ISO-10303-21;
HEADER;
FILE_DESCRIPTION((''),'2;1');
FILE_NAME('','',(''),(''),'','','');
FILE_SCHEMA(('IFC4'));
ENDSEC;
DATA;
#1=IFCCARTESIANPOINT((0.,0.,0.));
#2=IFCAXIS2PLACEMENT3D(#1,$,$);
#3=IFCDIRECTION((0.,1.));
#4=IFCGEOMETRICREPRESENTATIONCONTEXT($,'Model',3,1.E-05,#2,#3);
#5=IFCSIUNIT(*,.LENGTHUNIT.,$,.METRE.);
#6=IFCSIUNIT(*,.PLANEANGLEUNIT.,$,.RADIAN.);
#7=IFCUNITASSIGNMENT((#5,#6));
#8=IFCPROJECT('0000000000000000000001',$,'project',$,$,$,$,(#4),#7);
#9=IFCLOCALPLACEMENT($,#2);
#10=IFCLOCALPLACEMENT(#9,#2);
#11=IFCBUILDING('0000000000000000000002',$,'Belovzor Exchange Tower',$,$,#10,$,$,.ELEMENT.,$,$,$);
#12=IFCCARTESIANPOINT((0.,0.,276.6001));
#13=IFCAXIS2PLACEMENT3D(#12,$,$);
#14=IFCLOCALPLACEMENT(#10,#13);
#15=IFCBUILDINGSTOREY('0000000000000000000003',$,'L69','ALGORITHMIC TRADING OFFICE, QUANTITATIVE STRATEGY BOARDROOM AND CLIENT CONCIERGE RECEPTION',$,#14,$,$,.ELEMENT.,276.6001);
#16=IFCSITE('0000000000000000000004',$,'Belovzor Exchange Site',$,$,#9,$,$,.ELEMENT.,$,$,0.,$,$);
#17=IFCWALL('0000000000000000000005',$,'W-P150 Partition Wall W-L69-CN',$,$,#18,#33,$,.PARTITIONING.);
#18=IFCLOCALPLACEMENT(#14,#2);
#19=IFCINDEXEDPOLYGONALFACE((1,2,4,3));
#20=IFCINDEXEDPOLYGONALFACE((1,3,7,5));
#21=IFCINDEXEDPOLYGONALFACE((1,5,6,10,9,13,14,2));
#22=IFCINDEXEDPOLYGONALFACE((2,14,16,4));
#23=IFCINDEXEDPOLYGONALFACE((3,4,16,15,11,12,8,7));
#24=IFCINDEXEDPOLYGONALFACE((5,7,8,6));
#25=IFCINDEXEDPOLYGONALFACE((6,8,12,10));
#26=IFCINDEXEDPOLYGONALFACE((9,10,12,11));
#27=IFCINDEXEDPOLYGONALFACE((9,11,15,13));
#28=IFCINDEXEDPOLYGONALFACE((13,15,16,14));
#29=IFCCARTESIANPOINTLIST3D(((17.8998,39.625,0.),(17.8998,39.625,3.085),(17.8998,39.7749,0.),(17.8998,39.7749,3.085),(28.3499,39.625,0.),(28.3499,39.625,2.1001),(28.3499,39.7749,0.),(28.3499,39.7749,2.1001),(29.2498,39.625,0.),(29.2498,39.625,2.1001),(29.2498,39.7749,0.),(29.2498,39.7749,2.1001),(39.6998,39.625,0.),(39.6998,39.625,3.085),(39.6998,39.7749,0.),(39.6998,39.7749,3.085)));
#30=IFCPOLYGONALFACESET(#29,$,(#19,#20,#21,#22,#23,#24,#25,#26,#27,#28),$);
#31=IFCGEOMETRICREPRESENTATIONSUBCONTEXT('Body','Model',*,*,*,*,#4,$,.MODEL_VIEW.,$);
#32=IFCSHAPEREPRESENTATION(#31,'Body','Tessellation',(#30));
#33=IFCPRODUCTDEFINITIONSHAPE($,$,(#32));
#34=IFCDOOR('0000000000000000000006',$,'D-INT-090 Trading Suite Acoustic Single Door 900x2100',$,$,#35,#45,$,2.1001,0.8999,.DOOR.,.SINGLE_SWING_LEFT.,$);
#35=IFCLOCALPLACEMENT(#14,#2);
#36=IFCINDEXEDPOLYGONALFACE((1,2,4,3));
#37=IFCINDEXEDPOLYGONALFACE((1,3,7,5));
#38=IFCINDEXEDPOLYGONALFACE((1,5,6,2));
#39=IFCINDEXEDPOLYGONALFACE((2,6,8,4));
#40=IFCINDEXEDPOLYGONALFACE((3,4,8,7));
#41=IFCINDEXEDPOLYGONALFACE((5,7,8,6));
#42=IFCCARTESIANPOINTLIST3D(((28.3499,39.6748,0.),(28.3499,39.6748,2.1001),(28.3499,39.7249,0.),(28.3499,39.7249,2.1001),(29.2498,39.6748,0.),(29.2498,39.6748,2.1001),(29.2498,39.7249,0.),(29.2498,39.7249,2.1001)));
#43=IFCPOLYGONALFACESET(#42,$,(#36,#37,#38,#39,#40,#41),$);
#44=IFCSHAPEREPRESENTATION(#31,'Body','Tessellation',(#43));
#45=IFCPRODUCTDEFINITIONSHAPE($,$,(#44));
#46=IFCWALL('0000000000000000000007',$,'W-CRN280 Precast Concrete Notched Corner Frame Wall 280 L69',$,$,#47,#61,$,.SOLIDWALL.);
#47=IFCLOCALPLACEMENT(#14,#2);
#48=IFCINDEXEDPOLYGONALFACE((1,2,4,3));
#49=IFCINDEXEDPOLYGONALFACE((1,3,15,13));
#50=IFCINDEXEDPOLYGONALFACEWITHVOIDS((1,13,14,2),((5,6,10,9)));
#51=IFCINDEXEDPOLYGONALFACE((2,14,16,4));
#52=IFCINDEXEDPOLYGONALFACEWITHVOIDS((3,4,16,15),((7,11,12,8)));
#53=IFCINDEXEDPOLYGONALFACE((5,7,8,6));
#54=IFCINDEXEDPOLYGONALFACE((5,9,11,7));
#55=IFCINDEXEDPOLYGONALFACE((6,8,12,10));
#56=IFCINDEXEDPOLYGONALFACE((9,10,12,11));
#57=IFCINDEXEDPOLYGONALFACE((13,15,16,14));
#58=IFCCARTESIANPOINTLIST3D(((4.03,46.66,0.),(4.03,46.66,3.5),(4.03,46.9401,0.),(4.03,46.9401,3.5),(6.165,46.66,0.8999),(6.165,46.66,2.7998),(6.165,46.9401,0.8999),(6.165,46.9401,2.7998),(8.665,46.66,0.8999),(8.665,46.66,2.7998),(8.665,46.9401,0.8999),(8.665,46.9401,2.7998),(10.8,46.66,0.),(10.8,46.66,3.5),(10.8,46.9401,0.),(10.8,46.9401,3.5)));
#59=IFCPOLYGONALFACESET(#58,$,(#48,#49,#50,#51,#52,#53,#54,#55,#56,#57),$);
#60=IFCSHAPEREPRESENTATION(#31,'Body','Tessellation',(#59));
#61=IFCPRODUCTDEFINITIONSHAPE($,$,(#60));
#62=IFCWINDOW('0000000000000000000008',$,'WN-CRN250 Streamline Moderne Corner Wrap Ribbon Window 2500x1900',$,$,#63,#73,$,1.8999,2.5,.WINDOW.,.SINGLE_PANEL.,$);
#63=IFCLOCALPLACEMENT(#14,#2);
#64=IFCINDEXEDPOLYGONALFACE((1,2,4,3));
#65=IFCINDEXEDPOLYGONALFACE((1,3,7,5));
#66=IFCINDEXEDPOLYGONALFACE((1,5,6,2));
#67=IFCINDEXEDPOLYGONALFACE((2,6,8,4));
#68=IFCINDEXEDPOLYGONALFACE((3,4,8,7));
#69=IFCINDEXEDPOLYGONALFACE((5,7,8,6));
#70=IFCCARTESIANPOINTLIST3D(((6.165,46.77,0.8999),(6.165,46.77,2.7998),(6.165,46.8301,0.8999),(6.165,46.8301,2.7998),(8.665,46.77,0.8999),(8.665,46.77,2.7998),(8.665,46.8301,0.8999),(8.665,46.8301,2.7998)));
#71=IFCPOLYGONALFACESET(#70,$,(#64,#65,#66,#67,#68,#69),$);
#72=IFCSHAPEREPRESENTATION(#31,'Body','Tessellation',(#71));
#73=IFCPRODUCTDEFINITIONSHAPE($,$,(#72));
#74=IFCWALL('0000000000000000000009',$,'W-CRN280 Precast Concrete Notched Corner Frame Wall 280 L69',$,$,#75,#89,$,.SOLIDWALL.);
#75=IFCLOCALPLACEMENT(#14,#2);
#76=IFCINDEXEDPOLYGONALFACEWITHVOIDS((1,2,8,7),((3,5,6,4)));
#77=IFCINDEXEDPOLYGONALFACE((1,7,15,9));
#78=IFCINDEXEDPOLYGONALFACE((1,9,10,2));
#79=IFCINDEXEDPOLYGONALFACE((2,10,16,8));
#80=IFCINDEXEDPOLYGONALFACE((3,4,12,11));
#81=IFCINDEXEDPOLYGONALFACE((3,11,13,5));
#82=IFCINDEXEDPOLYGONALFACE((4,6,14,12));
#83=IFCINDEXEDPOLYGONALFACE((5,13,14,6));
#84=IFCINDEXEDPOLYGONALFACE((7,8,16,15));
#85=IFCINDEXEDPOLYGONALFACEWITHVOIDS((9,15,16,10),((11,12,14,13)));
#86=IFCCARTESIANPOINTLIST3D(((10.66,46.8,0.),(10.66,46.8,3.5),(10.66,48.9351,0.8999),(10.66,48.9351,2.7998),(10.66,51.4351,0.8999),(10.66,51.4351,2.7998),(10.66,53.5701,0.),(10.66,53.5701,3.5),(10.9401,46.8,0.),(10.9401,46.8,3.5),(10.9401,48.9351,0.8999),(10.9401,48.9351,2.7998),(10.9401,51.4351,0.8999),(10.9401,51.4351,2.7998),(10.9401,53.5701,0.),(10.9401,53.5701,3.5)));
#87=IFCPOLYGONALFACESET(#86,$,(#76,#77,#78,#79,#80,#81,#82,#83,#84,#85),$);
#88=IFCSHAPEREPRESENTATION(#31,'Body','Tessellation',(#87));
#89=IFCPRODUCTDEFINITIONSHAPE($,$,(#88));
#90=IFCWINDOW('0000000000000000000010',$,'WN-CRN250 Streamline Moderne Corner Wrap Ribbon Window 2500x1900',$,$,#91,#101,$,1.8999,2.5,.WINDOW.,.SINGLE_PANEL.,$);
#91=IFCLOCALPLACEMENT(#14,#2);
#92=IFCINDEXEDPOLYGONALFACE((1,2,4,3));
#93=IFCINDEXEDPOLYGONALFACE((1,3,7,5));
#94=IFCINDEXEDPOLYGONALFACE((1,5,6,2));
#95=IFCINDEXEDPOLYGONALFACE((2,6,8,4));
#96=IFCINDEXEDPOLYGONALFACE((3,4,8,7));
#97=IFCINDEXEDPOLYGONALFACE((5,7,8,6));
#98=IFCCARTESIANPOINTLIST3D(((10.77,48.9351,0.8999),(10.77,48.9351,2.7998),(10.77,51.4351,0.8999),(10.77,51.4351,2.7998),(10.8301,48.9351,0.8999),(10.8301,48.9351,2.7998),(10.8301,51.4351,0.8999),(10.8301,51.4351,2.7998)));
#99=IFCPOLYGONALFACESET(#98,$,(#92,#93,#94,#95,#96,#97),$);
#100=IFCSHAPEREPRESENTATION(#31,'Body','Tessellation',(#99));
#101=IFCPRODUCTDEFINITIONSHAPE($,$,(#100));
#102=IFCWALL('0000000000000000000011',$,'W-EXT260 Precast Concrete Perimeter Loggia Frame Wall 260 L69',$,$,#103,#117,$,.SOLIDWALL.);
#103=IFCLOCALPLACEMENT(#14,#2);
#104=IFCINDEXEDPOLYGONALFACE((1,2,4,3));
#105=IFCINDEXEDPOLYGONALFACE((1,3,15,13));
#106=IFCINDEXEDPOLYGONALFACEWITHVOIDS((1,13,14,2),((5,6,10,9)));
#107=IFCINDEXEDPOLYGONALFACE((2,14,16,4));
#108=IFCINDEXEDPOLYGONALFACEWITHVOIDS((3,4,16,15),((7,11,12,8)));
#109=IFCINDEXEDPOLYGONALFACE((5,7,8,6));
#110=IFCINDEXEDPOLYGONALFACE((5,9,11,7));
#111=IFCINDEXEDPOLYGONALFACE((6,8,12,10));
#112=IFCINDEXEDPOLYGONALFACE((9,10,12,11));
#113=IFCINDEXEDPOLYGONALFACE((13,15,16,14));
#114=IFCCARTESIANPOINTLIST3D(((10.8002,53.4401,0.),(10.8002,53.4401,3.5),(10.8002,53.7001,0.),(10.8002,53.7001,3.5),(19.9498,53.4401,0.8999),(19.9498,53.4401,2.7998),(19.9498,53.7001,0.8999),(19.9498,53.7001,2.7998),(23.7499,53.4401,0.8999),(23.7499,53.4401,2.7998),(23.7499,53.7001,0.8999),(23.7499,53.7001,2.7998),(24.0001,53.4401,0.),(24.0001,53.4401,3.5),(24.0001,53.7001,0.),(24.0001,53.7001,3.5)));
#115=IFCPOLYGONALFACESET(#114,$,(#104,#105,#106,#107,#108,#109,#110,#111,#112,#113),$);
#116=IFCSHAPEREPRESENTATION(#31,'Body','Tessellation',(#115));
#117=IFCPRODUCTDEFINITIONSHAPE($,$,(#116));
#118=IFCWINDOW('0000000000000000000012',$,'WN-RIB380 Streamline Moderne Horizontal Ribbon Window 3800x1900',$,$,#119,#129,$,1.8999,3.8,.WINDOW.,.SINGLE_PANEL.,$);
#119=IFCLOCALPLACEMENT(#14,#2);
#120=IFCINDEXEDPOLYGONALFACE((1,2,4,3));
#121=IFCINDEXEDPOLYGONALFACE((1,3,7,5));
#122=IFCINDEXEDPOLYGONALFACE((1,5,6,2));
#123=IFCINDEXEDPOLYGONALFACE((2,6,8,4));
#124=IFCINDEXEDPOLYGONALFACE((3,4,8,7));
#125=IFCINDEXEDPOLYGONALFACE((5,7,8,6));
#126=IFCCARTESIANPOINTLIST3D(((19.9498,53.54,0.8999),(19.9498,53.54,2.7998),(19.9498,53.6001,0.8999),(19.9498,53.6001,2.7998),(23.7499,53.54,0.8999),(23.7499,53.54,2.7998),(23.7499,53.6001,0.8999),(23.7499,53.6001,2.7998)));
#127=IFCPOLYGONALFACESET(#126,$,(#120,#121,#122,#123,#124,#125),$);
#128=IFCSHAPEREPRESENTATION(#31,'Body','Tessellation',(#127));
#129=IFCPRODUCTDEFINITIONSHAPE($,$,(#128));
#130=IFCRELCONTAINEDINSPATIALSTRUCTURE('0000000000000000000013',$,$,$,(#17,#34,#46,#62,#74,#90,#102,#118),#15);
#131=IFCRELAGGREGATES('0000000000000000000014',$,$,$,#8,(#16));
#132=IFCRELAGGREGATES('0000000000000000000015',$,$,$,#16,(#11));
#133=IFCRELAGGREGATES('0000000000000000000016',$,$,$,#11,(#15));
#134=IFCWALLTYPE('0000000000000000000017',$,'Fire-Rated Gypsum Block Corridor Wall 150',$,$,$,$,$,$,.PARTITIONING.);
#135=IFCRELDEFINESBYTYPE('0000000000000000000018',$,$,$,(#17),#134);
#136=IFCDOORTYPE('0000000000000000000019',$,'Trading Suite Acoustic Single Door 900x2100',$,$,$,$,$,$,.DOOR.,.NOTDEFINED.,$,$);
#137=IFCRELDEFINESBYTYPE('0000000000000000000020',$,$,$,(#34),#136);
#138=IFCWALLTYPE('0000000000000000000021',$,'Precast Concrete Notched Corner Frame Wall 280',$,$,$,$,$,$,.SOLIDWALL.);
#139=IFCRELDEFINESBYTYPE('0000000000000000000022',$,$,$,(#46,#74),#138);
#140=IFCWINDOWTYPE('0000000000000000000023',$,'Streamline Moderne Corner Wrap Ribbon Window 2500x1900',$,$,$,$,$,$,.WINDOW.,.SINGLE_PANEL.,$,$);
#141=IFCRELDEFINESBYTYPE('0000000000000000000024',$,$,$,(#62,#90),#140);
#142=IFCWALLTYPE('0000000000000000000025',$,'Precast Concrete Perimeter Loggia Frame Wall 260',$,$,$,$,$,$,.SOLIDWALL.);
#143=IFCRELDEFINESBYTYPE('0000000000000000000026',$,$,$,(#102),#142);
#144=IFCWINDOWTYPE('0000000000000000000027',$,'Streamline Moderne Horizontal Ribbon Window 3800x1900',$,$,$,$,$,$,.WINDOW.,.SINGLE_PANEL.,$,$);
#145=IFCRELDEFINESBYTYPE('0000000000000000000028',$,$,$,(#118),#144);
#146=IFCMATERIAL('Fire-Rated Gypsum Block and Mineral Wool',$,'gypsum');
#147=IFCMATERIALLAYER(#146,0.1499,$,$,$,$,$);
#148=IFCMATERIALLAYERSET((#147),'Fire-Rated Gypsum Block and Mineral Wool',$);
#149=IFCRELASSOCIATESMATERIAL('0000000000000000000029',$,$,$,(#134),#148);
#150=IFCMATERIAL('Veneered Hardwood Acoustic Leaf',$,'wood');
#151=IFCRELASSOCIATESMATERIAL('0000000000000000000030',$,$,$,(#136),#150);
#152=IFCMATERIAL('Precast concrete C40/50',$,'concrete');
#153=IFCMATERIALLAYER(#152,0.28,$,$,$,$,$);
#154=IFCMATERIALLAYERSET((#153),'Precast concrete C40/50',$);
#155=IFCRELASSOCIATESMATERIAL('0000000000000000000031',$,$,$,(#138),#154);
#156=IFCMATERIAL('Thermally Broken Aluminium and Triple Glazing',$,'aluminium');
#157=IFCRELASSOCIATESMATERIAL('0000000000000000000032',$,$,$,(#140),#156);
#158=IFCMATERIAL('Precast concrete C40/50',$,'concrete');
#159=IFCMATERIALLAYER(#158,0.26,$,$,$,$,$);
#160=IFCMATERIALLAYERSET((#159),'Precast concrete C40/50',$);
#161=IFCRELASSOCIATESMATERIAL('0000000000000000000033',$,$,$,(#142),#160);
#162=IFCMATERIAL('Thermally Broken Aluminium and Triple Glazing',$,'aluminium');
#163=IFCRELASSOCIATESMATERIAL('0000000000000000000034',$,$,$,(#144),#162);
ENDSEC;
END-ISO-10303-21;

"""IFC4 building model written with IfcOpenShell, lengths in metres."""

from ifc_helpers import new_model, si_unit, direction, frame, frame_2d, origin, place, context, subcontext, project, spatial, rectangle, extrude, material, layer, layer_set, type_object, element, fill, save


model = new_model("IFC4")

# Units and contexts
model_context = context("Model", 3, precision=1e-05, world=origin(), true_north=direction((0.0, 1.0)))
body_context = subcontext(model_context, "Body", "Model", "MODEL_VIEW")
ifc_project = project(units=[si_unit("LENGTHUNIT", "METRE"), si_unit("PLANEANGLEUNIT", "RADIAN")], contexts=[model_context])

# Site, building, storey
site_placement = place(None, origin())
site = spatial("IfcSite", under=ifc_project, at=site_placement, Name="Belovzor Exchange Site", CompositionType="ELEMENT", RefElevation=0.0)
building_placement = place(site_placement, origin())
building = spatial("IfcBuilding", under=site, at=building_placement, Name="Belovzor Exchange Tower", CompositionType="ELEMENT")
storey_placement = place(building_placement, frame((0.0, 0.0, 276.6001)))
storey = spatial("IfcBuildingStorey", under=building, at=storey_placement, Name="L69", Description="ALGORITHMIC TRADING OFFICE, QUANTITATIVE STRATEGY BOARDROOM AND CLIENT CONCIERGE RECEPTION", CompositionType="ELEMENT", Elevation=276.6001)

# Shared definitions
ifc_material_1 = material(Name="Fire-Rated Gypsum Block and Mineral Wool", Category="gypsum")
ifc_layer_1 = layer(ifc_material_1, 0.1499)
ifc_layer_set_1 = layer_set([ifc_layer_1], Name="Fire-Rated Gypsum Block and Mineral Wool")
wall_type_1 = type_object("IfcWallType", Name="Fire-Rated Gypsum Block Corridor Wall 150", PredefinedType="PARTITIONING", material=ifc_layer_set_1)

# Wall, opening, door
wall_1_placement = place(storey_placement, frame((17.8999, 39.7, 0.0), z_axis=(0.0, 0.0, 1.0), x_axis=(1.0, 0.0, 0.0)))
wall_1 = element("IfcWall", 1, at=wall_1_placement, inside=storey, type_object=wall_type_1, Name="W-P150 Partition Wall W-L69-CN", PredefinedType="PARTITIONING", context=body_context, shape_type="SweptSolid", body=[
    extrude(rectangle(XDim=21.8, YDim=0.1499, at=frame_2d((10.8999, 0.0))), origin(), (0.0, 0.0, 1.0), 3.085),
])
opening_1_placement = place(wall_1_placement, frame((10.45, 0.0, 0.0)))
opening_1 = element("IfcOpeningElement", 2, at=opening_1_placement, cuts=wall_1, PredefinedType="OPENING", context=body_context, shape_type="SweptSolid", body=[
    extrude(rectangle(XDim=0.8999, YDim=2.1001, at=frame_2d((0.45, 1.05))), frame((0.0, 0.085, 0.0), z_axis=(0.0, -1.0, 0.0), x_axis=(1.0, 0.0, 0.0)), (0.0, 0.0, 1.0), 0.1699),
])
ifc_material_2 = material(Name="Veneered Hardwood Acoustic Leaf", Category="wood")
door_type = type_object("IfcDoorType", Name="Trading Suite Acoustic Single Door 900x2100", OperationType="NOTDEFINED", PredefinedType="DOOR", material=ifc_material_2)
door_placement = place(opening_1_placement, origin())
door = element("IfcDoor", 3, at=door_placement, inside=storey, type_object=door_type, Name="D-INT-090 Trading Suite Acoustic Single Door 900x2100", OperationType="SINGLE_SWING_LEFT", OverallHeight=2.1001, OverallWidth=0.8999, PredefinedType="DOOR", context=body_context, shape_type="SweptSolid", body=[
    extrude(rectangle(XDim=0.8999, YDim=2.1001, at=frame_2d((0.45, 1.05))), frame((0.0, 0.0249, 0.0), z_axis=(0.0, -1.0, 0.0), x_axis=(1.0, 0.0, 0.0)), (0.0, 0.0, 1.0), 0.05),
])
fill(opening_1, door)

# Walls, openings, windows
ifc_material_3 = material(Name="Precast concrete C40/50", Category="concrete")
ifc_layer_2 = layer(ifc_material_3, 0.28)
ifc_layer_set_2 = layer_set([ifc_layer_2], Name="Precast concrete C40/50")
wall_type_2 = type_object("IfcWallType", Name="Precast Concrete Notched Corner Frame Wall 280", PredefinedType="SOLIDWALL", material=ifc_layer_set_2)
wall_2_placement = place(storey_placement, frame((4.03, 46.8, 0.0), z_axis=(0.0, 0.0, 1.0), x_axis=(1.0, 0.0, 0.0)))
wall_2 = element("IfcWall", 4, at=wall_2_placement, inside=storey, type_object=wall_type_2, Name="W-CRN280 Precast Concrete Notched Corner Frame Wall 280 L69", PredefinedType="SOLIDWALL", context=body_context, shape_type="SweptSolid", body=[
    extrude(rectangle(XDim=6.77, YDim=0.28, at=frame_2d((3.385, 0.0))), origin(), (0.0, 0.0, 1.0), 3.5),
])
opening_2_placement = place(wall_2_placement, frame((2.135, 0.0, 0.8999)))
opening_2 = element("IfcOpeningElement", 5, at=opening_2_placement, cuts=wall_2, PredefinedType="OPENING", context=body_context, shape_type="SweptSolid", body=[
    extrude(rectangle(XDim=2.5, YDim=1.8999, at=frame_2d((1.25, 0.95))), frame((0.0, 0.1499, 0.0), z_axis=(0.0, -1.0, 0.0), x_axis=(1.0, 0.0, 0.0)), (0.0, 0.0, 1.0), 0.3),
])
ifc_material_4 = material(Name="Thermally Broken Aluminium and Triple Glazing", Category="aluminium")
window_type_1 = type_object("IfcWindowType", Name="Streamline Moderne Corner Wrap Ribbon Window 2500x1900", PartitioningType="SINGLE_PANEL", PredefinedType="WINDOW", material=ifc_material_4)
window_1_placement = place(opening_2_placement, origin())
window_1 = element("IfcWindow", 6, at=window_1_placement, inside=storey, type_object=window_type_1, Name="WN-CRN250 Streamline Moderne Corner Wrap Ribbon Window 2500x1900", OverallHeight=1.8999, OverallWidth=2.5, PartitioningType="SINGLE_PANEL", PredefinedType="WINDOW", context=body_context, shape_type="SweptSolid", body=[
    extrude(rectangle(XDim=2.5, YDim=1.8999, at=frame_2d((1.25, 0.95))), frame((0.0, 0.03, 0.0), z_axis=(0.0, -1.0, 0.0), x_axis=(1.0, 0.0, 0.0)), (0.0, 0.0, 1.0), 0.0601),
])
fill(opening_2, window_1)
wall_3_placement = place(storey_placement, frame((10.8, 46.8, 0.0), z_axis=(0.0, 0.0, 1.0), x_axis=(0.0, 1.0, 0.0)))
wall_3 = element("IfcWall", 7, at=wall_3_placement, inside=storey, type_object=wall_type_2, Name="W-CRN280 Precast Concrete Notched Corner Frame Wall 280 L69", PredefinedType="SOLIDWALL", context=body_context, shape_type="SweptSolid", body=[
    extrude(rectangle(XDim=6.77, YDim=0.28, at=frame_2d((3.385, 0.0))), origin(), (0.0, 0.0, 1.0), 3.5),
])
opening_3_placement = place(wall_3_placement, frame((2.135, 0.0, 0.8999)))
opening_3 = element("IfcOpeningElement", 8, at=opening_3_placement, cuts=wall_3, PredefinedType="OPENING", context=body_context, shape_type="SweptSolid", body=[
    extrude(rectangle(XDim=2.5, YDim=1.8999, at=frame_2d((1.25, 0.95))), frame((0.0, 0.1499, 0.0), z_axis=(0.0, -1.0, 0.0), x_axis=(1.0, 0.0, 0.0)), (0.0, 0.0, 1.0), 0.3),
])
window_2_placement = place(opening_3_placement, origin())
window_2 = element("IfcWindow", 9, at=window_2_placement, inside=storey, type_object=window_type_1, Name="WN-CRN250 Streamline Moderne Corner Wrap Ribbon Window 2500x1900", OverallHeight=1.8999, OverallWidth=2.5, PartitioningType="SINGLE_PANEL", PredefinedType="WINDOW", context=body_context, shape_type="SweptSolid", body=[
    extrude(rectangle(XDim=2.5, YDim=1.8999, at=frame_2d((1.25, 0.95))), frame((0.0, 0.03, 0.0), z_axis=(0.0, -1.0, 0.0), x_axis=(1.0, 0.0, 0.0)), (0.0, 0.0, 1.0), 0.0601),
])
fill(opening_3, window_2)
ifc_material_5 = material(Name="Precast concrete C40/50", Category="concrete")
ifc_layer_3 = layer(ifc_material_5, 0.26)
ifc_layer_set_3 = layer_set([ifc_layer_3], Name="Precast concrete C40/50")
wall_type_3 = type_object("IfcWallType", Name="Precast Concrete Perimeter Loggia Frame Wall 260", PredefinedType="SOLIDWALL", material=ifc_layer_set_3)
wall_4_placement = place(storey_placement, frame((10.8, 53.5701, 0.0), z_axis=(0.0, 0.0, 1.0), x_axis=(1.0, 0.0, 0.0)))
wall_4 = element("IfcWall", 10, at=wall_4_placement, inside=storey, type_object=wall_type_3, Name="W-EXT260 Precast Concrete Perimeter Loggia Frame Wall 260 L69", PredefinedType="SOLIDWALL", context=body_context, shape_type="SweptSolid", body=[
    extrude(rectangle(XDim=13.2, YDim=0.26, at=frame_2d((6.6001, 0.0))), origin(), (0.0, 0.0, 1.0), 3.5),
])
opening_4_placement = place(wall_4_placement, frame((9.1499, 0.0, 0.8999)))
opening_4 = element("IfcOpeningElement", 11, at=opening_4_placement, cuts=wall_4, PredefinedType="OPENING", context=body_context, shape_type="SweptSolid", body=[
    extrude(rectangle(XDim=3.8, YDim=1.8999, at=frame_2d((1.8999, 0.95))), frame((0.0, 0.1399, 0.0), z_axis=(0.0, -1.0, 0.0), x_axis=(1.0, 0.0, 0.0)), (0.0, 0.0, 1.0), 0.28),
])
ifc_material_6 = material(Name="Thermally Broken Aluminium and Triple Glazing", Category="aluminium")
window_type_2 = type_object("IfcWindowType", Name="Streamline Moderne Horizontal Ribbon Window 3800x1900", PartitioningType="SINGLE_PANEL", PredefinedType="WINDOW", material=ifc_material_6)
window_3_placement = place(opening_4_placement, origin())
window_3 = element("IfcWindow", 12, at=window_3_placement, inside=storey, type_object=window_type_2, Name="WN-RIB380 Streamline Moderne Horizontal Ribbon Window 3800x1900", OverallHeight=1.8999, OverallWidth=3.8, PartitioningType="SINGLE_PANEL", PredefinedType="WINDOW", context=body_context, shape_type="SweptSolid", body=[
    extrude(rectangle(XDim=3.8, YDim=1.8999, at=frame_2d((1.8999, 0.95))), frame((0.0, 0.03, 0.0), z_axis=(0.0, -1.0, 0.0), x_axis=(1.0, 0.0, 0.0)), (0.0, 0.0, 1.0), 0.0601),
])
fill(opening_4, window_3)

save(model, "model.ifc")
